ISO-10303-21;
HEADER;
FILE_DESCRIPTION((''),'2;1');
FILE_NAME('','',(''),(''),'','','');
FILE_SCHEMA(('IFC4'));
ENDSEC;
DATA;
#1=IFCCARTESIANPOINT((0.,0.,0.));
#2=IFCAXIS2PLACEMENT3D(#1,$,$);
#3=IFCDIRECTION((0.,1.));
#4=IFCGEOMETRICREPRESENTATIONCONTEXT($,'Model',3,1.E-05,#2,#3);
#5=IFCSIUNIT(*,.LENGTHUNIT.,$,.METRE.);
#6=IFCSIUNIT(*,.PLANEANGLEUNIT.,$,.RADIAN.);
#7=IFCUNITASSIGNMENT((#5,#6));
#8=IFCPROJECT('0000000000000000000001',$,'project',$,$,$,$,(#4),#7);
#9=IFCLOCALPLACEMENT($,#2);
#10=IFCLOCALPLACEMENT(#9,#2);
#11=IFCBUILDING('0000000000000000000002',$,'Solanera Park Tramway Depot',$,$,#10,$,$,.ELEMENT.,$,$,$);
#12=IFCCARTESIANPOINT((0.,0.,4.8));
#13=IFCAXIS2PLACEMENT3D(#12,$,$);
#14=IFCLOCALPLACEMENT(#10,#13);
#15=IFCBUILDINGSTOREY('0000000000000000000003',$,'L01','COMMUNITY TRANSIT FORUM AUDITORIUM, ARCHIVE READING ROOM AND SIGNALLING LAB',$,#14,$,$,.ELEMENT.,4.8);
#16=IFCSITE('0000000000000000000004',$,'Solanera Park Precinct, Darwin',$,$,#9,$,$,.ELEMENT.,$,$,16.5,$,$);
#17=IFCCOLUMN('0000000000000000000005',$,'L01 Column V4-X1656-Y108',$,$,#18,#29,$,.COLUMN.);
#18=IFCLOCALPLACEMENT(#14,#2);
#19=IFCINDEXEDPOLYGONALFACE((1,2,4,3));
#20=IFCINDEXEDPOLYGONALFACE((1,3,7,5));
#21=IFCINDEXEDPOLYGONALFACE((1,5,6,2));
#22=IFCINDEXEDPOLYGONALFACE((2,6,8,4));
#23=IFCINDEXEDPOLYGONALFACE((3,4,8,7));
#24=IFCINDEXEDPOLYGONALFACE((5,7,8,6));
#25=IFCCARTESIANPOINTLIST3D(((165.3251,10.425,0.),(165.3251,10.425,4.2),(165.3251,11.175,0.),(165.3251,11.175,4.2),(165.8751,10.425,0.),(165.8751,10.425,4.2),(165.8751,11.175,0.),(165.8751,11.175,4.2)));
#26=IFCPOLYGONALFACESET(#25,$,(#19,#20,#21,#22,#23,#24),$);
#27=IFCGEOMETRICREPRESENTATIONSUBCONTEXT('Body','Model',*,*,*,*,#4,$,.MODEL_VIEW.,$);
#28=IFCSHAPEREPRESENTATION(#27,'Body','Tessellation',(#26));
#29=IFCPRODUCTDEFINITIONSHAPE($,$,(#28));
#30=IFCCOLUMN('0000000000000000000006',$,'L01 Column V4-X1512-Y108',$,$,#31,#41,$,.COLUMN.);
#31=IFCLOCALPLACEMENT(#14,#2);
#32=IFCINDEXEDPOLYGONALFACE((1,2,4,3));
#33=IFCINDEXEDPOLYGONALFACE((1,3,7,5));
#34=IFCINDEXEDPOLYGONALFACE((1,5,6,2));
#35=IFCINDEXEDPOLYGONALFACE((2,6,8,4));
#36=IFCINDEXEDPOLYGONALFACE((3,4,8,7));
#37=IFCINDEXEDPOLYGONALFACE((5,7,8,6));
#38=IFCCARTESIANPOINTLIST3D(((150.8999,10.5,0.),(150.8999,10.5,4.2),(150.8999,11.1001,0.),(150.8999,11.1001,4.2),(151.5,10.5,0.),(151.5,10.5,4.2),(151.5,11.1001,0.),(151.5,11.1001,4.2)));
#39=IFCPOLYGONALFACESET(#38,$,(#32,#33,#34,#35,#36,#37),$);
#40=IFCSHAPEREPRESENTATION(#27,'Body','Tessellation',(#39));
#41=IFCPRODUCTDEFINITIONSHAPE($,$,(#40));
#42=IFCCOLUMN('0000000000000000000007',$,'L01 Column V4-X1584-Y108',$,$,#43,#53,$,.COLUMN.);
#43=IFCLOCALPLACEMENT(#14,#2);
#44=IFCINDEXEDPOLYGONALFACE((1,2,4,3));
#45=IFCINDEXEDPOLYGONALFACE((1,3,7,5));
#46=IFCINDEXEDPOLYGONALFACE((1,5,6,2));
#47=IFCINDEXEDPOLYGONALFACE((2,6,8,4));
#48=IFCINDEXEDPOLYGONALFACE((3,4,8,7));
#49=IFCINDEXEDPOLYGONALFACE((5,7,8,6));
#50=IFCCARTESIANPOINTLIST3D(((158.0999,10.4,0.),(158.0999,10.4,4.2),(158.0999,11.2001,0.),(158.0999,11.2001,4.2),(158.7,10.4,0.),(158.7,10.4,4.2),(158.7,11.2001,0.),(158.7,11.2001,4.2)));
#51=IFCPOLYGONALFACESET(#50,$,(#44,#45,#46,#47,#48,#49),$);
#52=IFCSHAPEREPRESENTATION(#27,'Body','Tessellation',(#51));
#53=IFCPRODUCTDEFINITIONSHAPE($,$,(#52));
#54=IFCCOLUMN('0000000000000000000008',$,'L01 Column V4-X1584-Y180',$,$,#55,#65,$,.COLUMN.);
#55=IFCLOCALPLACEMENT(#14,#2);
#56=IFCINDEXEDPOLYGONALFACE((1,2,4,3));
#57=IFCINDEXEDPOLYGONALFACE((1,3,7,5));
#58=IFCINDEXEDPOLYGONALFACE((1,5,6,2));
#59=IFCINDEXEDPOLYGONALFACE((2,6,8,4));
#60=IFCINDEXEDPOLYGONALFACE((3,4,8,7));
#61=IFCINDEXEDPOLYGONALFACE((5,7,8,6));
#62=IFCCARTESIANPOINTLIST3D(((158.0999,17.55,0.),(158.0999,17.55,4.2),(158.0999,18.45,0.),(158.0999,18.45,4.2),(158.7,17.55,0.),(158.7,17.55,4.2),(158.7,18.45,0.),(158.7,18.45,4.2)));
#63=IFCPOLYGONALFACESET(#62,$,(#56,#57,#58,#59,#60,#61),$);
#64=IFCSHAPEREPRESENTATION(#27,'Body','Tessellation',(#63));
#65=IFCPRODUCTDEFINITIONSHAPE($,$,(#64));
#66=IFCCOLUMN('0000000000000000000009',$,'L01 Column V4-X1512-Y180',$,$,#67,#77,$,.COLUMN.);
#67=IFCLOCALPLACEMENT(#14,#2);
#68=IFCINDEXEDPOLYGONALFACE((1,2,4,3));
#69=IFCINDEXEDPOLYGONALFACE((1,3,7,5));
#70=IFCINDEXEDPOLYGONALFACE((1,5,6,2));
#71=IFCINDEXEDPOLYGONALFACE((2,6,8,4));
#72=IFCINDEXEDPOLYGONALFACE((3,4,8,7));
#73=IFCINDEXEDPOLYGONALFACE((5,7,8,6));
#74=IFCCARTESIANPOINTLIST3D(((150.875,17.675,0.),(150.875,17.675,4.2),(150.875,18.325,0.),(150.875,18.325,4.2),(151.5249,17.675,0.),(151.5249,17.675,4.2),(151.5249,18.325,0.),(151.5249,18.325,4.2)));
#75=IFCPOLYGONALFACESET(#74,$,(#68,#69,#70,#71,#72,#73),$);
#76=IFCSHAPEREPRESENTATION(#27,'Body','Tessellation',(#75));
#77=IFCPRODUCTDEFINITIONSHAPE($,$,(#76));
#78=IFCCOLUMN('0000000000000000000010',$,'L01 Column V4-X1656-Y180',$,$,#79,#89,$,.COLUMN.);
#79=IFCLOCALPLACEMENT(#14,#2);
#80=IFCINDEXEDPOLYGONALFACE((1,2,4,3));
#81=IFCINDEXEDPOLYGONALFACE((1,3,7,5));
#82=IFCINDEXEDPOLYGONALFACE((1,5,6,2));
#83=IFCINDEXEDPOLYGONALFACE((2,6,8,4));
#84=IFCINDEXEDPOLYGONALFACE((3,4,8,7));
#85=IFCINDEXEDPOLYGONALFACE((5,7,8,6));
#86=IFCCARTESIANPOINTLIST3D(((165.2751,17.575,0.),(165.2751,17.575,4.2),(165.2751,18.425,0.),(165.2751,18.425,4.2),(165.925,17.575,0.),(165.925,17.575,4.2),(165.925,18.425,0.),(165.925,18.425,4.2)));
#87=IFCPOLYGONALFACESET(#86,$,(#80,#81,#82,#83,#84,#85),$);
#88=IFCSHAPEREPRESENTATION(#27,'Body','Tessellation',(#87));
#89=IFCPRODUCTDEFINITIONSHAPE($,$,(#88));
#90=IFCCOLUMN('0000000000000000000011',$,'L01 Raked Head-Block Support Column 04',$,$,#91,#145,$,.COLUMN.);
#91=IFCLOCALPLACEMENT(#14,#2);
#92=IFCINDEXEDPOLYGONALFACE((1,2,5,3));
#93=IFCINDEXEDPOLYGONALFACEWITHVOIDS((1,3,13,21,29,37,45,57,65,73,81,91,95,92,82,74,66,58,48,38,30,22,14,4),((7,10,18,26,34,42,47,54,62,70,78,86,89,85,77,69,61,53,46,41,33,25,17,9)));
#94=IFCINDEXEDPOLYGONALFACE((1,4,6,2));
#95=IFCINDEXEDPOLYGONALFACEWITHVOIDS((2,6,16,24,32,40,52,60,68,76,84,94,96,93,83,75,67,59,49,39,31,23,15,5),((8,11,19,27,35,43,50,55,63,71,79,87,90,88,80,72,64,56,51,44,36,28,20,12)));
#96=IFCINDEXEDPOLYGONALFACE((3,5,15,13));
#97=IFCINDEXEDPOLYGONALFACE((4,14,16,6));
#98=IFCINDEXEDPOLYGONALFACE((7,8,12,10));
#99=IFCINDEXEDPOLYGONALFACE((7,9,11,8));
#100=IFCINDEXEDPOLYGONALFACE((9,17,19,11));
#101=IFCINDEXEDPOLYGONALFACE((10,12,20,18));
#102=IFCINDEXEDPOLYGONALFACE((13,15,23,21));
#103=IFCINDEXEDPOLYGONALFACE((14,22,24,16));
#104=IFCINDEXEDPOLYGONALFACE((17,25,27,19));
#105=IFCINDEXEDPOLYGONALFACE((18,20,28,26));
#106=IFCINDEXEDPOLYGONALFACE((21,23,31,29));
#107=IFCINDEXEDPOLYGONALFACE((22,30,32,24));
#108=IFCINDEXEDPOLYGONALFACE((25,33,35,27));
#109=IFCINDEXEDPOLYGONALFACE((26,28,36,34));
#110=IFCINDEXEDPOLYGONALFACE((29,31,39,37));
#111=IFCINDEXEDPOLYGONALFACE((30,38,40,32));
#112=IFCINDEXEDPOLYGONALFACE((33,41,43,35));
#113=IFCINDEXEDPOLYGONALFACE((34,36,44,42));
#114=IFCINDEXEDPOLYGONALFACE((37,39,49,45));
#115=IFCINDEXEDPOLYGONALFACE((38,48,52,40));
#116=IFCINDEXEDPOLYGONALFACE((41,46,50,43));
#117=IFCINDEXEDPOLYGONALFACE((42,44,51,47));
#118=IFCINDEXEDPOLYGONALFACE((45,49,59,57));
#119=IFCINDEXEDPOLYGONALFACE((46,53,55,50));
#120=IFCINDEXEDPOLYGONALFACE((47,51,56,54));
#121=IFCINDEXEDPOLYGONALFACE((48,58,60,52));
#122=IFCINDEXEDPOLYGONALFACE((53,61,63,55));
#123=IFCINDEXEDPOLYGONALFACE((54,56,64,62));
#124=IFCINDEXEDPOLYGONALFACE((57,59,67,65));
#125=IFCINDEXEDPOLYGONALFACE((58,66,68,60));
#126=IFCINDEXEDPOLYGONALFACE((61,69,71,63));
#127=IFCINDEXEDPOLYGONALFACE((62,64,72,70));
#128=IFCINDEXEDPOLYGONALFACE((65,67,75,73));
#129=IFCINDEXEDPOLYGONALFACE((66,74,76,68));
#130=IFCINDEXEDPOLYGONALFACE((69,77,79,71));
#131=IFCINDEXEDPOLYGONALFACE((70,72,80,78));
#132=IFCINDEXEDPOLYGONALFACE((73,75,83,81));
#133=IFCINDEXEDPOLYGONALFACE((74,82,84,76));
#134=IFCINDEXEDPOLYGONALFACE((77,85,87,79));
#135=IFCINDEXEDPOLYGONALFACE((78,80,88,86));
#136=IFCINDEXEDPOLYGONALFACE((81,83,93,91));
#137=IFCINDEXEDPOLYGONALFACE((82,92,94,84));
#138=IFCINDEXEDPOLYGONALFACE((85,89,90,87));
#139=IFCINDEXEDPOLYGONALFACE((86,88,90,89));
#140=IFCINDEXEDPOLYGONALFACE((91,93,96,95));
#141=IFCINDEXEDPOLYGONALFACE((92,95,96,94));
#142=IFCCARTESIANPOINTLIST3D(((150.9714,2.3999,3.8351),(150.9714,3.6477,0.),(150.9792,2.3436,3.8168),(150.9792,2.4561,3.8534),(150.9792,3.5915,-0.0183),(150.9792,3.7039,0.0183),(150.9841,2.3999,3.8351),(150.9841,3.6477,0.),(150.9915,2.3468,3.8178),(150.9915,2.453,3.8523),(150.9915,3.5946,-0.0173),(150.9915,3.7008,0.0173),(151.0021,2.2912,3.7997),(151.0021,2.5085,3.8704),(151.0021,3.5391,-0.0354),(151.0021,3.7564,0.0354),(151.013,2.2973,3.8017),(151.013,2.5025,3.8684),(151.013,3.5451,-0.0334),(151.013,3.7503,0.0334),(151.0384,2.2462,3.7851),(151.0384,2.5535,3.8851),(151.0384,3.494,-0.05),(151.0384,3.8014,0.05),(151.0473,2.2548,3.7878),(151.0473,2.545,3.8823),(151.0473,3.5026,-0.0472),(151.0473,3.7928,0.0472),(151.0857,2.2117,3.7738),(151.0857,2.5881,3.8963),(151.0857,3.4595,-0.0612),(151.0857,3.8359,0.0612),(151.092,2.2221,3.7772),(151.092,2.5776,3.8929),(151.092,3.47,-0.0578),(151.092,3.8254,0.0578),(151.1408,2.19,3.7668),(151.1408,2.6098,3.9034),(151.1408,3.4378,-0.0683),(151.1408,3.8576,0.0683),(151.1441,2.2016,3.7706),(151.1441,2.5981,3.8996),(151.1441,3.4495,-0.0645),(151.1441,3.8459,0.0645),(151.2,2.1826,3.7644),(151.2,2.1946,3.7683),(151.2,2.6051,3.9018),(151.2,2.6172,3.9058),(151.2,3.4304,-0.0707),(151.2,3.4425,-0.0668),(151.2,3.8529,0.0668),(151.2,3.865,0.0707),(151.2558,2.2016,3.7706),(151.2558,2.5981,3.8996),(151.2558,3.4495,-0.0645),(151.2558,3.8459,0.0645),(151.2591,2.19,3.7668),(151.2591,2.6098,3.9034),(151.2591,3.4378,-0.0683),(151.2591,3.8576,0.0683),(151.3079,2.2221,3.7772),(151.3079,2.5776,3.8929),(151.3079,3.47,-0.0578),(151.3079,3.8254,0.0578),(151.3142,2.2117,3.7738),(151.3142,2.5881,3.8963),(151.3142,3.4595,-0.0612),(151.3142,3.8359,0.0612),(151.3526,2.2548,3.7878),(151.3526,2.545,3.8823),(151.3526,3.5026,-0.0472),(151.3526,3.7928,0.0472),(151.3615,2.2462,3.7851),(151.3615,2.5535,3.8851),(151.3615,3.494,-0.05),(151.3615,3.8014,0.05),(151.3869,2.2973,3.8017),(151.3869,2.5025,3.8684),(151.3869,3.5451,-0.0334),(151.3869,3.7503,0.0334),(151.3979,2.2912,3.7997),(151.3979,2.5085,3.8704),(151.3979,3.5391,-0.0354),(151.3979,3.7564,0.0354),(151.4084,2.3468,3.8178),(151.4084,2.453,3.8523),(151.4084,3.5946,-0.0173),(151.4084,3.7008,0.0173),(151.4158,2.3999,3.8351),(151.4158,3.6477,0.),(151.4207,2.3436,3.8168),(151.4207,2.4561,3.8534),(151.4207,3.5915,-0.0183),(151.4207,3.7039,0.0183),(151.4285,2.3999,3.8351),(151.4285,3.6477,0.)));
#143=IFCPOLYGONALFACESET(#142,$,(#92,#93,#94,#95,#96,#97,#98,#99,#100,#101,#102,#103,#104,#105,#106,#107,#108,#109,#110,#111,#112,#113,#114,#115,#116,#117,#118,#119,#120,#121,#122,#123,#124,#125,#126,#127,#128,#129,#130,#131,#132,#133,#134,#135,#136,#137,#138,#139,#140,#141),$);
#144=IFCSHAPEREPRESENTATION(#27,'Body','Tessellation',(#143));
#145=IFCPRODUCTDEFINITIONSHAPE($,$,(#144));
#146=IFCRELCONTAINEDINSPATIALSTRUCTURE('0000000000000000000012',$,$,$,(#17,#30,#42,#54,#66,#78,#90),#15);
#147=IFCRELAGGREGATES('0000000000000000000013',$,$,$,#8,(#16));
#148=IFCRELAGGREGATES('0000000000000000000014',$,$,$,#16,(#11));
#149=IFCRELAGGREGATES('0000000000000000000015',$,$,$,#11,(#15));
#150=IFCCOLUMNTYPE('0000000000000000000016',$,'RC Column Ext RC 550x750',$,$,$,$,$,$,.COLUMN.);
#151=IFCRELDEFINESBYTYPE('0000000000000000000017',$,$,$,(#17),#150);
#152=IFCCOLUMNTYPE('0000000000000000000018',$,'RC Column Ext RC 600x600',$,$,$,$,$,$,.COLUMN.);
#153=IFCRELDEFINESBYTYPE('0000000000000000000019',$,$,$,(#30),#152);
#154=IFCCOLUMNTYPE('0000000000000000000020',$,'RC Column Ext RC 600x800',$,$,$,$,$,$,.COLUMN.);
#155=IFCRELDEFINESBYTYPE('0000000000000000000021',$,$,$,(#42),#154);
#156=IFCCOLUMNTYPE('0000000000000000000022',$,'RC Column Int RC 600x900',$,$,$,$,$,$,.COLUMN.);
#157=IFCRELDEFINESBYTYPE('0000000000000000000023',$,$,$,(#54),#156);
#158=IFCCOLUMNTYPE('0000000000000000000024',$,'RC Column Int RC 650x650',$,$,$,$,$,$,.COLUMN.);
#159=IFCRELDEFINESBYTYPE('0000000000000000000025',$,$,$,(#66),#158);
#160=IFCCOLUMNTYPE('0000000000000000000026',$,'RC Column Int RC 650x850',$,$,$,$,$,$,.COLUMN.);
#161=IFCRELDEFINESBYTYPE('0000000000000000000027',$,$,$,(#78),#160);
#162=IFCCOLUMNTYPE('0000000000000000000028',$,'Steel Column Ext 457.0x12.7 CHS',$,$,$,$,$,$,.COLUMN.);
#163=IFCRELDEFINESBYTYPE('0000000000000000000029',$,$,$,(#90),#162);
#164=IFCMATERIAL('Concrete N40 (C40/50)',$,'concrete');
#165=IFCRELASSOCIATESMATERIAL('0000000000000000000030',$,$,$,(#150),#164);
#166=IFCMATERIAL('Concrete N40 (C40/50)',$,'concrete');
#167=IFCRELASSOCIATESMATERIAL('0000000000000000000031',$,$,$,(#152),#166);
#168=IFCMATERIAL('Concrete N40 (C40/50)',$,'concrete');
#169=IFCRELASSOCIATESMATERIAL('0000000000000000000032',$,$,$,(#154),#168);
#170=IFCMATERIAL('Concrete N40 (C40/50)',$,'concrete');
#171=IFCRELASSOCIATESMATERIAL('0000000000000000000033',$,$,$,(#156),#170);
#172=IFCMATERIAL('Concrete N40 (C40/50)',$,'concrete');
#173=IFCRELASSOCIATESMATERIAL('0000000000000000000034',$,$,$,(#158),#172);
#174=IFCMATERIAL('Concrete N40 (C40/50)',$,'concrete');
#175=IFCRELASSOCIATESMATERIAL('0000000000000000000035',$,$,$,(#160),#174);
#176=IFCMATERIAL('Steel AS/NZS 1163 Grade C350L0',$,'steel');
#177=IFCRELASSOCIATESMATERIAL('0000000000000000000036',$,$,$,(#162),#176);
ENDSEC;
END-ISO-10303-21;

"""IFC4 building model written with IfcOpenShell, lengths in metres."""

from ifc_helpers import new_model, si_unit, direction, frame, origin, origin_2d, place, context, subcontext, project, spatial, rectangle, hollow_circle, extrude, material, material_profile, profile_set, type_object, element, save


model = new_model("IFC4")

# Units and contexts
model_context = context("Model", 3, precision=1e-05, world=origin(), true_north=direction((0.0, 1.0)))
body_context = subcontext(model_context, "Body", "Model", "MODEL_VIEW")
ifc_project = project(units=[si_unit("LENGTHUNIT", "METRE"), si_unit("PLANEANGLEUNIT", "RADIAN")], contexts=[model_context])

# Site, building, storey
site_placement = place(None, origin())
site = spatial("IfcSite", under=ifc_project, at=site_placement, Name="Solanera Park Precinct, Darwin", CompositionType="ELEMENT", RefElevation=16.5)
building_placement = place(site_placement, origin())
building = spatial("IfcBuilding", under=site, at=building_placement, Name="Solanera Park Tramway Depot", CompositionType="ELEMENT")
storey_placement = place(building_placement, frame((0.0, 0.0, 4.8)))
storey = spatial("IfcBuildingStorey", under=building, at=storey_placement, Name="L01", Description="COMMUNITY TRANSIT FORUM AUDITORIUM, ARCHIVE READING ROOM AND SIGNALLING LAB", CompositionType="ELEMENT", Elevation=4.8)

# Columns
ifc_material_1 = material(Name="Concrete N40 (C40/50)", Category="concrete")
ifc_material_profile_1 = material_profile(ifc_material_1, rectangle(XDim=0.55, YDim=0.75, at=origin_2d()), Name="RC 550x750")
ifc_profile_set_1 = profile_set([ifc_material_profile_1], Name="Concrete N40 (C40/50)")
column_type_1 = type_object("IfcColumnType", Name="RC Column Ext RC 550x750", PredefinedType="COLUMN", material=ifc_profile_set_1)
column_1_placement = place(storey_placement, frame((165.6001, 10.8, 0.0), z_axis=(0.0, 0.0, 1.0), x_axis=(1.0, 0.0, 0.0)))
element("IfcColumn", 1, at=column_1_placement, inside=storey, type_object=column_type_1, Name="L01 Column V4-X1656-Y108", PredefinedType="COLUMN", context=body_context, shape_type="SweptSolid", body=[
    extrude(rectangle(XDim=0.55, YDim=0.75, at=origin_2d()), origin(), (0.0, 0.0, 1.0), 4.2),
])
ifc_material_2 = material(Name="Concrete N40 (C40/50)", Category="concrete")
ifc_material_profile_2 = material_profile(ifc_material_2, rectangle(XDim=0.6001, YDim=0.6001, at=origin_2d()), Name="RC 600x600")
ifc_profile_set_2 = profile_set([ifc_material_profile_2], Name="Concrete N40 (C40/50)")
column_type_2 = type_object("IfcColumnType", Name="RC Column Ext RC 600x600", PredefinedType="COLUMN", material=ifc_profile_set_2)
column_2_placement = place(storey_placement, frame((151.2, 10.8, 0.0), z_axis=(0.0, 0.0, 1.0), x_axis=(1.0, 0.0, 0.0)))
element("IfcColumn", 2, at=column_2_placement, inside=storey, type_object=column_type_2, Name="L01 Column V4-X1512-Y108", PredefinedType="COLUMN", context=body_context, shape_type="SweptSolid", body=[
    extrude(rectangle(XDim=0.6001, YDim=0.6001, at=origin_2d()), origin(), (0.0, 0.0, 1.0), 4.2),
])
ifc_material_3 = material(Name="Concrete N40 (C40/50)", Category="concrete")
ifc_material_profile_3 = material_profile(ifc_material_3, rectangle(XDim=0.6001, YDim=0.8, at=origin_2d()), Name="RC 600x800")
ifc_profile_set_3 = profile_set([ifc_material_profile_3], Name="Concrete N40 (C40/50)")
column_type_3 = type_object("IfcColumnType", Name="RC Column Ext RC 600x800", PredefinedType="COLUMN", material=ifc_profile_set_3)
column_3_placement = place(storey_placement, frame((158.3999, 10.8, 0.0), z_axis=(0.0, 0.0, 1.0), x_axis=(1.0, 0.0, 0.0)))
element("IfcColumn", 3, at=column_3_placement, inside=storey, type_object=column_type_3, Name="L01 Column V4-X1584-Y108", PredefinedType="COLUMN", context=body_context, shape_type="SweptSolid", body=[
    extrude(rectangle(XDim=0.6001, YDim=0.8, at=origin_2d()), origin(), (0.0, 0.0, 1.0), 4.2),
])
ifc_material_4 = material(Name="Concrete N40 (C40/50)", Category="concrete")
ifc_material_profile_4 = material_profile(ifc_material_4, rectangle(XDim=0.6001, YDim=0.8999, at=origin_2d()), Name="RC 600x900")
ifc_profile_set_4 = profile_set([ifc_material_profile_4], Name="Concrete N40 (C40/50)")
column_type_4 = type_object("IfcColumnType", Name="RC Column Int RC 600x900", PredefinedType="COLUMN", material=ifc_profile_set_4)
column_4_placement = place(storey_placement, frame((158.3999, 18.0, 0.0), z_axis=(0.0, 0.0, 1.0), x_axis=(1.0, 0.0, 0.0)))
element("IfcColumn", 4, at=column_4_placement, inside=storey, type_object=column_type_4, Name="L01 Column V4-X1584-Y180", PredefinedType="COLUMN", context=body_context, shape_type="SweptSolid", body=[
    extrude(rectangle(XDim=0.6001, YDim=0.8999, at=origin_2d()), origin(), (0.0, 0.0, 1.0), 4.2),
])
ifc_material_5 = material(Name="Concrete N40 (C40/50)", Category="concrete")
ifc_material_profile_5 = material_profile(ifc_material_5, rectangle(XDim=0.6499, YDim=0.6499, at=origin_2d()), Name="RC 650x650")
ifc_profile_set_5 = profile_set([ifc_material_profile_5], Name="Concrete N40 (C40/50)")
column_type_5 = type_object("IfcColumnType", Name="RC Column Int RC 650x650", PredefinedType="COLUMN", material=ifc_profile_set_5)
column_5_placement = place(storey_placement, frame((151.2, 18.0, 0.0), z_axis=(0.0, 0.0, 1.0), x_axis=(1.0, 0.0, 0.0)))
element("IfcColumn", 5, at=column_5_placement, inside=storey, type_object=column_type_5, Name="L01 Column V4-X1512-Y180", PredefinedType="COLUMN", context=body_context, shape_type="SweptSolid", body=[
    extrude(rectangle(XDim=0.6499, YDim=0.6499, at=origin_2d()), origin(), (0.0, 0.0, 1.0), 4.2),
])
ifc_material_6 = material(Name="Concrete N40 (C40/50)", Category="concrete")
ifc_material_profile_6 = material_profile(ifc_material_6, rectangle(XDim=0.6499, YDim=0.8501, at=origin_2d()), Name="RC 650x850")
ifc_profile_set_6 = profile_set([ifc_material_profile_6], Name="Concrete N40 (C40/50)")
column_type_6 = type_object("IfcColumnType", Name="RC Column Int RC 650x850", PredefinedType="COLUMN", material=ifc_profile_set_6)
column_6_placement = place(storey_placement, frame((165.6001, 18.0, 0.0), z_axis=(0.0, 0.0, 1.0), x_axis=(1.0, 0.0, 0.0)))
element("IfcColumn", 6, at=column_6_placement, inside=storey, type_object=column_type_6, Name="L01 Column V4-X1656-Y180", PredefinedType="COLUMN", context=body_context, shape_type="SweptSolid", body=[
    extrude(rectangle(XDim=0.6499, YDim=0.8501, at=origin_2d()), origin(), (0.0, 0.0, 1.0), 4.2),
])
ifc_material_7 = material(Name="Steel AS/NZS 1163 Grade C350L0", Category="steel")
ifc_material_profile_7 = material_profile(ifc_material_7, hollow_circle(Radius=0.2285, WallThickness=0.0127, at=origin_2d()), Name="457.0x12.7 CHS")
ifc_profile_set_7 = profile_set([ifc_material_profile_7], Name="Steel AS/NZS 1163 Grade C350L0")
column_type_7 = type_object("IfcColumnType", Name="Steel Column Ext 457.0x12.7 CHS", PredefinedType="COLUMN", material=ifc_profile_set_7)
for number, where, z_axis, x_axis, name in (
    (7, (151.2, 3.6477, 0.0), (0.0, -0.309409, 0.950929), (1.0, 0.0, 0.0), "L01 Raked Head-Block Support Column 04"),
):
    element("IfcColumn", number, at=place(storey_placement, frame(where, z_axis=z_axis, x_axis=x_axis)), inside=storey, type_object=column_type_7, Name=name, PredefinedType="COLUMN", context=body_context, shape_type="SweptSolid", body=[
        extrude(hollow_circle(Radius=0.2285, WallThickness=0.0127, at=origin_2d()), origin(), (0.0, 0.0, 1.0), 4.033),
    ])

save(model, "model.ifc")
